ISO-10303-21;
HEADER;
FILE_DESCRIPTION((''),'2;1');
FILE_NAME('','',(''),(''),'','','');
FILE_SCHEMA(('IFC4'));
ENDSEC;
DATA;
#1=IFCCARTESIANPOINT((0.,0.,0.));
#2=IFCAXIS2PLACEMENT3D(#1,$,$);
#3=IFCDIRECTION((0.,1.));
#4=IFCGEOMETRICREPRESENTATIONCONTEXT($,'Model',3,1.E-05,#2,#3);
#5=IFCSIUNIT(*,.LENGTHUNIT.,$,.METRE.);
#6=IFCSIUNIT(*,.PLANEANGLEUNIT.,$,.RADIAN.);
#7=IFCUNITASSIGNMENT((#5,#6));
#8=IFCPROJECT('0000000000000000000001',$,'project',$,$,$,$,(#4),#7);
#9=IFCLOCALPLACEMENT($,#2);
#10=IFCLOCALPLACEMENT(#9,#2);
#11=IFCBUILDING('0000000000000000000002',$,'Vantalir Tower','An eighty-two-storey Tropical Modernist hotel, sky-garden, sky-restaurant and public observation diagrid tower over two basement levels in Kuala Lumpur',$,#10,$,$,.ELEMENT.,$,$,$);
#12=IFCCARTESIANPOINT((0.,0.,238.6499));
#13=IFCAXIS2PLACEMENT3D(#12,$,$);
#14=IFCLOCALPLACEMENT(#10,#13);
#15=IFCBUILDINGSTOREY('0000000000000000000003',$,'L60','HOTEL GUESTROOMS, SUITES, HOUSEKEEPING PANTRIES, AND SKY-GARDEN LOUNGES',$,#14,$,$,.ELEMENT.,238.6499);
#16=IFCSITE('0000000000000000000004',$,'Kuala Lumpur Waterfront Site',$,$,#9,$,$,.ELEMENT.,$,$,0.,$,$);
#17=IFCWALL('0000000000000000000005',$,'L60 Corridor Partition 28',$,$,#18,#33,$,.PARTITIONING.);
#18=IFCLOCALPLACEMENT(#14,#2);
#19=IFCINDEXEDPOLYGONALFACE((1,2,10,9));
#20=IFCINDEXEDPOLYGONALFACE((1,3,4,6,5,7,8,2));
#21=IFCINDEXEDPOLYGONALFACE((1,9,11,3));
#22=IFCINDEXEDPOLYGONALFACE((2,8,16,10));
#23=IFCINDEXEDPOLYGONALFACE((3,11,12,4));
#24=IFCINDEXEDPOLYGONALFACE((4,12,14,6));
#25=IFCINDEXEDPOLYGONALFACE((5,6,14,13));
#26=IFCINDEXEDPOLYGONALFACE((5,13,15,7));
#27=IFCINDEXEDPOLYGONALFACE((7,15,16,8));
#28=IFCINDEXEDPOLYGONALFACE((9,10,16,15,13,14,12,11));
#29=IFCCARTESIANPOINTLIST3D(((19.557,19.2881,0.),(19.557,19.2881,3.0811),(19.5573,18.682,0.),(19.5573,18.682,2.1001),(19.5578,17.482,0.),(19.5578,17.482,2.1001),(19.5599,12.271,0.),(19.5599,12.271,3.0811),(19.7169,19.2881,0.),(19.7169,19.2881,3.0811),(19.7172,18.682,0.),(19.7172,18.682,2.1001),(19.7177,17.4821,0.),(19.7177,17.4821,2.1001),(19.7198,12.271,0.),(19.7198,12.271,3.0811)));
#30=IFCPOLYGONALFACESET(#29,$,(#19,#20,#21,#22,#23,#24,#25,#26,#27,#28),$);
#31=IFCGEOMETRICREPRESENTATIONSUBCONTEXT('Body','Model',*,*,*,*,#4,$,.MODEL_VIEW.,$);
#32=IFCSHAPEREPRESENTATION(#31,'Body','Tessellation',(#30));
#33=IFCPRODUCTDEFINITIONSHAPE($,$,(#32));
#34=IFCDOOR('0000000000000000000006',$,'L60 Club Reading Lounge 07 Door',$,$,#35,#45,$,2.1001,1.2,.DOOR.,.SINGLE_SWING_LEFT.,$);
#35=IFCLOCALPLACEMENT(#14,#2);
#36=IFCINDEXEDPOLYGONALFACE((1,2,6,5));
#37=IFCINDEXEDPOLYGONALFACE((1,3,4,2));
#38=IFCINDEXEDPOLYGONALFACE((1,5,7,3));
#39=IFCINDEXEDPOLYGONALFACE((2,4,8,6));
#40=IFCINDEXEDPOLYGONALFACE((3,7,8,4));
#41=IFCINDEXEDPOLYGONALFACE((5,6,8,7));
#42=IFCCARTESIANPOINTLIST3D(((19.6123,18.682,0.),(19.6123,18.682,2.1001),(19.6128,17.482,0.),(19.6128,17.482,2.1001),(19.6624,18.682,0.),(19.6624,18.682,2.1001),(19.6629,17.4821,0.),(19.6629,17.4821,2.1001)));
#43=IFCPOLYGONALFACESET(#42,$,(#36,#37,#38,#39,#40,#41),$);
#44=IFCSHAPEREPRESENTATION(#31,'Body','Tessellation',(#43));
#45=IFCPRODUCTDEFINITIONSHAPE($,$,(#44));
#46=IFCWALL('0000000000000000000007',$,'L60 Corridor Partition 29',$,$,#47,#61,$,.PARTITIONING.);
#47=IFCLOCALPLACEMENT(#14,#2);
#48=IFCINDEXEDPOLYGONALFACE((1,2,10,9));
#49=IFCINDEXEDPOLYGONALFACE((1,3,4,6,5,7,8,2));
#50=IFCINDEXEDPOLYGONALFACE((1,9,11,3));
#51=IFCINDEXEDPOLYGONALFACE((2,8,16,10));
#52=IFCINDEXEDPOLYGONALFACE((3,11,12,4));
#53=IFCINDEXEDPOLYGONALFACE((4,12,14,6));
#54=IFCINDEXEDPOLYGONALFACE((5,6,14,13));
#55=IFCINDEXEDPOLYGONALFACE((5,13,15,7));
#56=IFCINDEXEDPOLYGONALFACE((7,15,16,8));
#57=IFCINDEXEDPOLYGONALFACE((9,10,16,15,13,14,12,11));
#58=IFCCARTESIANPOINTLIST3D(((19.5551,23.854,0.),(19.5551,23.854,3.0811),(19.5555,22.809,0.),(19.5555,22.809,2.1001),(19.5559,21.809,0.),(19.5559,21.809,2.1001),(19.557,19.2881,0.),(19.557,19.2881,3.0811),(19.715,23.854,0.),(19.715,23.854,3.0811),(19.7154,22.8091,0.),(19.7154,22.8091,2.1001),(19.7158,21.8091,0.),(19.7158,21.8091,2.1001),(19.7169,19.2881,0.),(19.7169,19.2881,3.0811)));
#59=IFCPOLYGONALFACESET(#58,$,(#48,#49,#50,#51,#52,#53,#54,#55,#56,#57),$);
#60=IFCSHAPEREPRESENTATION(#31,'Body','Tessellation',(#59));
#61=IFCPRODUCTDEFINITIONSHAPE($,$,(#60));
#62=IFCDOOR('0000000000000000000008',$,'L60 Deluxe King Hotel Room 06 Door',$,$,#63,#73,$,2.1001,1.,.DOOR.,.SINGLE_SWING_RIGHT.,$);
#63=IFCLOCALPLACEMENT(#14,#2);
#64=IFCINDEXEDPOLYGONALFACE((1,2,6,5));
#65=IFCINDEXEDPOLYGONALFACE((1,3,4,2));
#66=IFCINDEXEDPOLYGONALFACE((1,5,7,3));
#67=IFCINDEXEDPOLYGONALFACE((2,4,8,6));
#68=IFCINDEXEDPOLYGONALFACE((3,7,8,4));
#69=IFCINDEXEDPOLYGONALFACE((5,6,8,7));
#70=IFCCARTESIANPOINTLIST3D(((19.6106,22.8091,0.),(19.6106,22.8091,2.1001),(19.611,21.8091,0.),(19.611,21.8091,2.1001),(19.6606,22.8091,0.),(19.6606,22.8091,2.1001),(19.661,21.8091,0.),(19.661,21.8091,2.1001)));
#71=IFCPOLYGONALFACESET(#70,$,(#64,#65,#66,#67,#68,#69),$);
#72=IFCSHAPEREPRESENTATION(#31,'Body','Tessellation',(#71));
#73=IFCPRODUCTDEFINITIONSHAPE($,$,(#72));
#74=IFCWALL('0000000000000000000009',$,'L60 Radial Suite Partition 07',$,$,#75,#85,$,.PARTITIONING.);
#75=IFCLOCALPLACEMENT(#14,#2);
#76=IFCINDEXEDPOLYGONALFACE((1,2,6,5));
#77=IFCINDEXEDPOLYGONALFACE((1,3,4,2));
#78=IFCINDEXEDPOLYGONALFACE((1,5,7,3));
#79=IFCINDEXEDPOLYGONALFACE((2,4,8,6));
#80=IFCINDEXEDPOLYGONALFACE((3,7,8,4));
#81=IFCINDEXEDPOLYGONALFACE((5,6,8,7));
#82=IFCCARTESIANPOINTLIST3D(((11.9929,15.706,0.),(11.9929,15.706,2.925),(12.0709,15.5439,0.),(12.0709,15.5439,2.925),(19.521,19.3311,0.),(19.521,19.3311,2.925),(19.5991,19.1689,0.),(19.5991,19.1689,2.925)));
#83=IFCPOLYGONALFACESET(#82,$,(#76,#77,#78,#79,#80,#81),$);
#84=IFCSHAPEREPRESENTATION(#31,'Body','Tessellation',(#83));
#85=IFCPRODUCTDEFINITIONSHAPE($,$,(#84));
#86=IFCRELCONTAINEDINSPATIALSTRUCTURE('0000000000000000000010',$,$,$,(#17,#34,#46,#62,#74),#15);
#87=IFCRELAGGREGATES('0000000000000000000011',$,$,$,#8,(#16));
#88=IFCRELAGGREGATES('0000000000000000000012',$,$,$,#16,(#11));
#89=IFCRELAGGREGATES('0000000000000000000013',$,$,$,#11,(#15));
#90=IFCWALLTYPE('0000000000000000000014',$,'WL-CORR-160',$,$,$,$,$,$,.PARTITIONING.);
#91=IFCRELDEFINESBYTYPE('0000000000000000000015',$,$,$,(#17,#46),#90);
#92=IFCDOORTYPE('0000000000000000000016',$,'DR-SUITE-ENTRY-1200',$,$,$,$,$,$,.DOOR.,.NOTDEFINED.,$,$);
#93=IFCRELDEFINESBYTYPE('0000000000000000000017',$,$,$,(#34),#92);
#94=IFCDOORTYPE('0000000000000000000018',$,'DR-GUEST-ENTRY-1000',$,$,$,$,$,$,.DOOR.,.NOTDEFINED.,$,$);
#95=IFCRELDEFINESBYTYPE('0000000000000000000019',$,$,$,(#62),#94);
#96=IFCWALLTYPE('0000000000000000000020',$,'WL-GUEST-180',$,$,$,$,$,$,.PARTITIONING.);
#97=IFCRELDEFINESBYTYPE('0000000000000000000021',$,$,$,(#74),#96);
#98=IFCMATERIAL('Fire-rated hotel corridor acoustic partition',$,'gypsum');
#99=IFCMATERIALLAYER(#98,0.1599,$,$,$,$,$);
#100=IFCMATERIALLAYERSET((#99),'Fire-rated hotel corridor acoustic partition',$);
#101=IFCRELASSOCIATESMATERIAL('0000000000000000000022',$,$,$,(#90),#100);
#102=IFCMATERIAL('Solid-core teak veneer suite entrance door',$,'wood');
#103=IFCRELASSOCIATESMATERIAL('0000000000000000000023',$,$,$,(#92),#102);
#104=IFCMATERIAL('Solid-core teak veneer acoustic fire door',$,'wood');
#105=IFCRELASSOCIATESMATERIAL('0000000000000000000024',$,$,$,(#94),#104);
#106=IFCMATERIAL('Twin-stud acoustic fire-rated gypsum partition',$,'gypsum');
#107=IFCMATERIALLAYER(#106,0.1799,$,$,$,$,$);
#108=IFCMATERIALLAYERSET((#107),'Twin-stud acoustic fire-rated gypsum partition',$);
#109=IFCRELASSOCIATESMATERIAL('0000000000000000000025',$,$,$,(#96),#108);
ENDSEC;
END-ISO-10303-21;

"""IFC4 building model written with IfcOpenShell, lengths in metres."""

from ifc_helpers import new_model, si_unit, direction, frame, frame_2d, origin, place, context, subcontext, project, spatial, rectangle, extrude, material, layer, layer_set, type_object, element, fill, save


model = new_model("IFC4")

# Units and contexts
model_context = context("Model", 3, precision=1e-05, world=origin(), true_north=direction((0.0, 1.0)))
body_context = subcontext(model_context, "Body", "Model", "MODEL_VIEW")
ifc_project = project(units=[si_unit("LENGTHUNIT", "METRE"), si_unit("PLANEANGLEUNIT", "RADIAN")], contexts=[model_context])

# Site, building, storey
site_placement = place(None, origin())
site = spatial("IfcSite", under=ifc_project, at=site_placement, Name="Kuala Lumpur Waterfront Site", CompositionType="ELEMENT", RefElevation=0.0)
building_placement = place(site_placement, origin())
building = spatial("IfcBuilding", under=site, at=building_placement, Name="Vantalir Tower", Description="An eighty-two-storey Tropical Modernist hotel, sky-garden, sky-restaurant and public observation diagrid tower over two basement levels in Kuala Lumpur", CompositionType="ELEMENT")
storey_placement = place(building_placement, frame((0.0, 0.0, 238.6499)))
storey = spatial("IfcBuildingStorey", under=building, at=storey_placement, Name="L60", Description="HOTEL GUESTROOMS, SUITES, HOUSEKEEPING PANTRIES, AND SKY-GARDEN LOUNGES", CompositionType="ELEMENT", Elevation=238.6499)

# Walls, openings, doors
ifc_material_1 = material(Name="Fire-rated hotel corridor acoustic partition", Category="gypsum")
ifc_layer_1 = layer(ifc_material_1, 0.1599)
ifc_layer_set_1 = layer_set([ifc_layer_1], Name="Fire-rated hotel corridor acoustic partition")
wall_type_1 = type_object("IfcWallType", Name="WL-CORR-160", PredefinedType="PARTITIONING", material=ifc_layer_set_1)
wall_1_placement = place(storey_placement, frame((19.6399, 12.271, 0.0), z_axis=(0.0, 0.0, 1.0), x_axis=(-0.000418, 1.0, 0.0)))
wall_1 = element("IfcWall", 1, at=wall_1_placement, inside=storey, type_object=wall_type_1, Name="L60 Corridor Partition 28", PredefinedType="PARTITIONING", context=body_context, shape_type="SweptSolid", body=[
    extrude(rectangle(XDim=7.0171, YDim=0.1599, at=frame_2d((3.5085, 0.0))), origin(), (0.0, 0.0, 1.0), 3.0811),
])
opening_1_placement = place(wall_1_placement, frame((5.2109, 0.0, 0.0)))
opening_1 = element("IfcOpeningElement", 2, at=opening_1_placement, cuts=wall_1, PredefinedType="OPENING", context=body_context, shape_type="SweptSolid", body=[
    extrude(rectangle(XDim=1.2, YDim=2.1001, at=frame_2d((0.6001, 1.05))), frame((0.0, 0.0898, 0.0), z_axis=(0.0, -1.0, 0.0), x_axis=(1.0, 0.0, 0.0)), (0.0, 0.0, 1.0), 0.1799),
])
ifc_material_2 = material(Name="Solid-core teak veneer suite entrance door", Category="wood")
door_type_1 = type_object("IfcDoorType", Name="DR-SUITE-ENTRY-1200", OperationType="NOTDEFINED", PredefinedType="DOOR", material=ifc_material_2)
door_1_placement = place(opening_1_placement, origin())
door_1 = element("IfcDoor", 3, at=door_1_placement, inside=storey, type_object=door_type_1, Name="L60 Club Reading Lounge 07 Door", OperationType="SINGLE_SWING_LEFT", OverallHeight=2.1001, OverallWidth=1.2, PredefinedType="DOOR", context=body_context, shape_type="SweptSolid", body=[
    extrude(rectangle(XDim=1.2, YDim=2.1001, at=frame_2d((0.6001, 1.05))), frame((0.0, 0.0249, 0.0), z_axis=(0.0, -1.0, 0.0), x_axis=(1.0, 0.0, 0.0)), (0.0, 0.0, 1.0), 0.05),
])
fill(opening_1, door_1)
wall_2_placement = place(storey_placement, frame((19.637, 19.2881, 0.0), z_axis=(0.0, 0.0, 1.0), x_axis=(-0.000428, 1.0, 0.0)))
wall_2 = element("IfcWall", 4, at=wall_2_placement, inside=storey, type_object=wall_type_1, Name="L60 Corridor Partition 29", PredefinedType="PARTITIONING", context=body_context, shape_type="SweptSolid", body=[
    extrude(rectangle(XDim=4.5659, YDim=0.1599, at=frame_2d((2.283, 0.0))), origin(), (0.0, 0.0, 1.0), 3.0811),
])
opening_2_placement = place(wall_2_placement, frame((2.521, 0.0, 0.0)))
opening_2 = element("IfcOpeningElement", 5, at=opening_2_placement, cuts=wall_2, PredefinedType="OPENING", context=body_context, shape_type="SweptSolid", body=[
    extrude(rectangle(XDim=1.0, YDim=2.1001, at=frame_2d((0.5, 1.05))), frame((0.0, 0.0898, 0.0), z_axis=(0.0, -1.0, 0.0), x_axis=(1.0, 0.0, 0.0)), (0.0, 0.0, 1.0), 0.1799),
])
ifc_material_3 = material(Name="Solid-core teak veneer acoustic fire door", Category="wood")
door_type_2 = type_object("IfcDoorType", Name="DR-GUEST-ENTRY-1000", OperationType="NOTDEFINED", PredefinedType="DOOR", material=ifc_material_3)
door_2_placement = place(opening_2_placement, origin())
door_2 = element("IfcDoor", 6, at=door_2_placement, inside=storey, type_object=door_type_2, Name="L60 Deluxe King Hotel Room 06 Door", OperationType="SINGLE_SWING_RIGHT", OverallHeight=2.1001, OverallWidth=1.0, PredefinedType="DOOR", context=body_context, shape_type="SweptSolid", body=[
    extrude(rectangle(XDim=1.0, YDim=2.1001, at=frame_2d((0.5, 1.05))), frame((0.0, 0.0249, 0.0), z_axis=(0.0, -1.0, 0.0), x_axis=(1.0, 0.0, 0.0)), (0.0, 0.0, 1.0), 0.05),
])
fill(opening_2, door_2)

# Wall
ifc_material_4 = material(Name="Twin-stud acoustic fire-rated gypsum partition", Category="gypsum")
ifc_layer_2 = layer(ifc_material_4, 0.1799)
ifc_layer_set_2 = layer_set([ifc_layer_2], Name="Twin-stud acoustic fire-rated gypsum partition")
wall_type_2 = type_object("IfcWallType", Name="WL-GUEST-180", PredefinedType="PARTITIONING", material=ifc_layer_set_2)
wall_3_placement = place(storey_placement, frame((19.5601, 19.25, 0.0), z_axis=(0.0, 0.0, 1.0), x_axis=(-0.900984, -0.433852, 0.0)))
element("IfcWall", 7, at=wall_3_placement, inside=storey, type_object=wall_type_2, Name="L60 Radial Suite Partition 07", PredefinedType="PARTITIONING", context=body_context, shape_type="SweptSolid", body=[
    extrude(rectangle(XDim=8.3555, YDim=0.1799, at=frame_2d((4.1777, 0.0))), origin(), (0.0, 0.0, 1.0), 2.925),
])

save(model, "model.ifc")
